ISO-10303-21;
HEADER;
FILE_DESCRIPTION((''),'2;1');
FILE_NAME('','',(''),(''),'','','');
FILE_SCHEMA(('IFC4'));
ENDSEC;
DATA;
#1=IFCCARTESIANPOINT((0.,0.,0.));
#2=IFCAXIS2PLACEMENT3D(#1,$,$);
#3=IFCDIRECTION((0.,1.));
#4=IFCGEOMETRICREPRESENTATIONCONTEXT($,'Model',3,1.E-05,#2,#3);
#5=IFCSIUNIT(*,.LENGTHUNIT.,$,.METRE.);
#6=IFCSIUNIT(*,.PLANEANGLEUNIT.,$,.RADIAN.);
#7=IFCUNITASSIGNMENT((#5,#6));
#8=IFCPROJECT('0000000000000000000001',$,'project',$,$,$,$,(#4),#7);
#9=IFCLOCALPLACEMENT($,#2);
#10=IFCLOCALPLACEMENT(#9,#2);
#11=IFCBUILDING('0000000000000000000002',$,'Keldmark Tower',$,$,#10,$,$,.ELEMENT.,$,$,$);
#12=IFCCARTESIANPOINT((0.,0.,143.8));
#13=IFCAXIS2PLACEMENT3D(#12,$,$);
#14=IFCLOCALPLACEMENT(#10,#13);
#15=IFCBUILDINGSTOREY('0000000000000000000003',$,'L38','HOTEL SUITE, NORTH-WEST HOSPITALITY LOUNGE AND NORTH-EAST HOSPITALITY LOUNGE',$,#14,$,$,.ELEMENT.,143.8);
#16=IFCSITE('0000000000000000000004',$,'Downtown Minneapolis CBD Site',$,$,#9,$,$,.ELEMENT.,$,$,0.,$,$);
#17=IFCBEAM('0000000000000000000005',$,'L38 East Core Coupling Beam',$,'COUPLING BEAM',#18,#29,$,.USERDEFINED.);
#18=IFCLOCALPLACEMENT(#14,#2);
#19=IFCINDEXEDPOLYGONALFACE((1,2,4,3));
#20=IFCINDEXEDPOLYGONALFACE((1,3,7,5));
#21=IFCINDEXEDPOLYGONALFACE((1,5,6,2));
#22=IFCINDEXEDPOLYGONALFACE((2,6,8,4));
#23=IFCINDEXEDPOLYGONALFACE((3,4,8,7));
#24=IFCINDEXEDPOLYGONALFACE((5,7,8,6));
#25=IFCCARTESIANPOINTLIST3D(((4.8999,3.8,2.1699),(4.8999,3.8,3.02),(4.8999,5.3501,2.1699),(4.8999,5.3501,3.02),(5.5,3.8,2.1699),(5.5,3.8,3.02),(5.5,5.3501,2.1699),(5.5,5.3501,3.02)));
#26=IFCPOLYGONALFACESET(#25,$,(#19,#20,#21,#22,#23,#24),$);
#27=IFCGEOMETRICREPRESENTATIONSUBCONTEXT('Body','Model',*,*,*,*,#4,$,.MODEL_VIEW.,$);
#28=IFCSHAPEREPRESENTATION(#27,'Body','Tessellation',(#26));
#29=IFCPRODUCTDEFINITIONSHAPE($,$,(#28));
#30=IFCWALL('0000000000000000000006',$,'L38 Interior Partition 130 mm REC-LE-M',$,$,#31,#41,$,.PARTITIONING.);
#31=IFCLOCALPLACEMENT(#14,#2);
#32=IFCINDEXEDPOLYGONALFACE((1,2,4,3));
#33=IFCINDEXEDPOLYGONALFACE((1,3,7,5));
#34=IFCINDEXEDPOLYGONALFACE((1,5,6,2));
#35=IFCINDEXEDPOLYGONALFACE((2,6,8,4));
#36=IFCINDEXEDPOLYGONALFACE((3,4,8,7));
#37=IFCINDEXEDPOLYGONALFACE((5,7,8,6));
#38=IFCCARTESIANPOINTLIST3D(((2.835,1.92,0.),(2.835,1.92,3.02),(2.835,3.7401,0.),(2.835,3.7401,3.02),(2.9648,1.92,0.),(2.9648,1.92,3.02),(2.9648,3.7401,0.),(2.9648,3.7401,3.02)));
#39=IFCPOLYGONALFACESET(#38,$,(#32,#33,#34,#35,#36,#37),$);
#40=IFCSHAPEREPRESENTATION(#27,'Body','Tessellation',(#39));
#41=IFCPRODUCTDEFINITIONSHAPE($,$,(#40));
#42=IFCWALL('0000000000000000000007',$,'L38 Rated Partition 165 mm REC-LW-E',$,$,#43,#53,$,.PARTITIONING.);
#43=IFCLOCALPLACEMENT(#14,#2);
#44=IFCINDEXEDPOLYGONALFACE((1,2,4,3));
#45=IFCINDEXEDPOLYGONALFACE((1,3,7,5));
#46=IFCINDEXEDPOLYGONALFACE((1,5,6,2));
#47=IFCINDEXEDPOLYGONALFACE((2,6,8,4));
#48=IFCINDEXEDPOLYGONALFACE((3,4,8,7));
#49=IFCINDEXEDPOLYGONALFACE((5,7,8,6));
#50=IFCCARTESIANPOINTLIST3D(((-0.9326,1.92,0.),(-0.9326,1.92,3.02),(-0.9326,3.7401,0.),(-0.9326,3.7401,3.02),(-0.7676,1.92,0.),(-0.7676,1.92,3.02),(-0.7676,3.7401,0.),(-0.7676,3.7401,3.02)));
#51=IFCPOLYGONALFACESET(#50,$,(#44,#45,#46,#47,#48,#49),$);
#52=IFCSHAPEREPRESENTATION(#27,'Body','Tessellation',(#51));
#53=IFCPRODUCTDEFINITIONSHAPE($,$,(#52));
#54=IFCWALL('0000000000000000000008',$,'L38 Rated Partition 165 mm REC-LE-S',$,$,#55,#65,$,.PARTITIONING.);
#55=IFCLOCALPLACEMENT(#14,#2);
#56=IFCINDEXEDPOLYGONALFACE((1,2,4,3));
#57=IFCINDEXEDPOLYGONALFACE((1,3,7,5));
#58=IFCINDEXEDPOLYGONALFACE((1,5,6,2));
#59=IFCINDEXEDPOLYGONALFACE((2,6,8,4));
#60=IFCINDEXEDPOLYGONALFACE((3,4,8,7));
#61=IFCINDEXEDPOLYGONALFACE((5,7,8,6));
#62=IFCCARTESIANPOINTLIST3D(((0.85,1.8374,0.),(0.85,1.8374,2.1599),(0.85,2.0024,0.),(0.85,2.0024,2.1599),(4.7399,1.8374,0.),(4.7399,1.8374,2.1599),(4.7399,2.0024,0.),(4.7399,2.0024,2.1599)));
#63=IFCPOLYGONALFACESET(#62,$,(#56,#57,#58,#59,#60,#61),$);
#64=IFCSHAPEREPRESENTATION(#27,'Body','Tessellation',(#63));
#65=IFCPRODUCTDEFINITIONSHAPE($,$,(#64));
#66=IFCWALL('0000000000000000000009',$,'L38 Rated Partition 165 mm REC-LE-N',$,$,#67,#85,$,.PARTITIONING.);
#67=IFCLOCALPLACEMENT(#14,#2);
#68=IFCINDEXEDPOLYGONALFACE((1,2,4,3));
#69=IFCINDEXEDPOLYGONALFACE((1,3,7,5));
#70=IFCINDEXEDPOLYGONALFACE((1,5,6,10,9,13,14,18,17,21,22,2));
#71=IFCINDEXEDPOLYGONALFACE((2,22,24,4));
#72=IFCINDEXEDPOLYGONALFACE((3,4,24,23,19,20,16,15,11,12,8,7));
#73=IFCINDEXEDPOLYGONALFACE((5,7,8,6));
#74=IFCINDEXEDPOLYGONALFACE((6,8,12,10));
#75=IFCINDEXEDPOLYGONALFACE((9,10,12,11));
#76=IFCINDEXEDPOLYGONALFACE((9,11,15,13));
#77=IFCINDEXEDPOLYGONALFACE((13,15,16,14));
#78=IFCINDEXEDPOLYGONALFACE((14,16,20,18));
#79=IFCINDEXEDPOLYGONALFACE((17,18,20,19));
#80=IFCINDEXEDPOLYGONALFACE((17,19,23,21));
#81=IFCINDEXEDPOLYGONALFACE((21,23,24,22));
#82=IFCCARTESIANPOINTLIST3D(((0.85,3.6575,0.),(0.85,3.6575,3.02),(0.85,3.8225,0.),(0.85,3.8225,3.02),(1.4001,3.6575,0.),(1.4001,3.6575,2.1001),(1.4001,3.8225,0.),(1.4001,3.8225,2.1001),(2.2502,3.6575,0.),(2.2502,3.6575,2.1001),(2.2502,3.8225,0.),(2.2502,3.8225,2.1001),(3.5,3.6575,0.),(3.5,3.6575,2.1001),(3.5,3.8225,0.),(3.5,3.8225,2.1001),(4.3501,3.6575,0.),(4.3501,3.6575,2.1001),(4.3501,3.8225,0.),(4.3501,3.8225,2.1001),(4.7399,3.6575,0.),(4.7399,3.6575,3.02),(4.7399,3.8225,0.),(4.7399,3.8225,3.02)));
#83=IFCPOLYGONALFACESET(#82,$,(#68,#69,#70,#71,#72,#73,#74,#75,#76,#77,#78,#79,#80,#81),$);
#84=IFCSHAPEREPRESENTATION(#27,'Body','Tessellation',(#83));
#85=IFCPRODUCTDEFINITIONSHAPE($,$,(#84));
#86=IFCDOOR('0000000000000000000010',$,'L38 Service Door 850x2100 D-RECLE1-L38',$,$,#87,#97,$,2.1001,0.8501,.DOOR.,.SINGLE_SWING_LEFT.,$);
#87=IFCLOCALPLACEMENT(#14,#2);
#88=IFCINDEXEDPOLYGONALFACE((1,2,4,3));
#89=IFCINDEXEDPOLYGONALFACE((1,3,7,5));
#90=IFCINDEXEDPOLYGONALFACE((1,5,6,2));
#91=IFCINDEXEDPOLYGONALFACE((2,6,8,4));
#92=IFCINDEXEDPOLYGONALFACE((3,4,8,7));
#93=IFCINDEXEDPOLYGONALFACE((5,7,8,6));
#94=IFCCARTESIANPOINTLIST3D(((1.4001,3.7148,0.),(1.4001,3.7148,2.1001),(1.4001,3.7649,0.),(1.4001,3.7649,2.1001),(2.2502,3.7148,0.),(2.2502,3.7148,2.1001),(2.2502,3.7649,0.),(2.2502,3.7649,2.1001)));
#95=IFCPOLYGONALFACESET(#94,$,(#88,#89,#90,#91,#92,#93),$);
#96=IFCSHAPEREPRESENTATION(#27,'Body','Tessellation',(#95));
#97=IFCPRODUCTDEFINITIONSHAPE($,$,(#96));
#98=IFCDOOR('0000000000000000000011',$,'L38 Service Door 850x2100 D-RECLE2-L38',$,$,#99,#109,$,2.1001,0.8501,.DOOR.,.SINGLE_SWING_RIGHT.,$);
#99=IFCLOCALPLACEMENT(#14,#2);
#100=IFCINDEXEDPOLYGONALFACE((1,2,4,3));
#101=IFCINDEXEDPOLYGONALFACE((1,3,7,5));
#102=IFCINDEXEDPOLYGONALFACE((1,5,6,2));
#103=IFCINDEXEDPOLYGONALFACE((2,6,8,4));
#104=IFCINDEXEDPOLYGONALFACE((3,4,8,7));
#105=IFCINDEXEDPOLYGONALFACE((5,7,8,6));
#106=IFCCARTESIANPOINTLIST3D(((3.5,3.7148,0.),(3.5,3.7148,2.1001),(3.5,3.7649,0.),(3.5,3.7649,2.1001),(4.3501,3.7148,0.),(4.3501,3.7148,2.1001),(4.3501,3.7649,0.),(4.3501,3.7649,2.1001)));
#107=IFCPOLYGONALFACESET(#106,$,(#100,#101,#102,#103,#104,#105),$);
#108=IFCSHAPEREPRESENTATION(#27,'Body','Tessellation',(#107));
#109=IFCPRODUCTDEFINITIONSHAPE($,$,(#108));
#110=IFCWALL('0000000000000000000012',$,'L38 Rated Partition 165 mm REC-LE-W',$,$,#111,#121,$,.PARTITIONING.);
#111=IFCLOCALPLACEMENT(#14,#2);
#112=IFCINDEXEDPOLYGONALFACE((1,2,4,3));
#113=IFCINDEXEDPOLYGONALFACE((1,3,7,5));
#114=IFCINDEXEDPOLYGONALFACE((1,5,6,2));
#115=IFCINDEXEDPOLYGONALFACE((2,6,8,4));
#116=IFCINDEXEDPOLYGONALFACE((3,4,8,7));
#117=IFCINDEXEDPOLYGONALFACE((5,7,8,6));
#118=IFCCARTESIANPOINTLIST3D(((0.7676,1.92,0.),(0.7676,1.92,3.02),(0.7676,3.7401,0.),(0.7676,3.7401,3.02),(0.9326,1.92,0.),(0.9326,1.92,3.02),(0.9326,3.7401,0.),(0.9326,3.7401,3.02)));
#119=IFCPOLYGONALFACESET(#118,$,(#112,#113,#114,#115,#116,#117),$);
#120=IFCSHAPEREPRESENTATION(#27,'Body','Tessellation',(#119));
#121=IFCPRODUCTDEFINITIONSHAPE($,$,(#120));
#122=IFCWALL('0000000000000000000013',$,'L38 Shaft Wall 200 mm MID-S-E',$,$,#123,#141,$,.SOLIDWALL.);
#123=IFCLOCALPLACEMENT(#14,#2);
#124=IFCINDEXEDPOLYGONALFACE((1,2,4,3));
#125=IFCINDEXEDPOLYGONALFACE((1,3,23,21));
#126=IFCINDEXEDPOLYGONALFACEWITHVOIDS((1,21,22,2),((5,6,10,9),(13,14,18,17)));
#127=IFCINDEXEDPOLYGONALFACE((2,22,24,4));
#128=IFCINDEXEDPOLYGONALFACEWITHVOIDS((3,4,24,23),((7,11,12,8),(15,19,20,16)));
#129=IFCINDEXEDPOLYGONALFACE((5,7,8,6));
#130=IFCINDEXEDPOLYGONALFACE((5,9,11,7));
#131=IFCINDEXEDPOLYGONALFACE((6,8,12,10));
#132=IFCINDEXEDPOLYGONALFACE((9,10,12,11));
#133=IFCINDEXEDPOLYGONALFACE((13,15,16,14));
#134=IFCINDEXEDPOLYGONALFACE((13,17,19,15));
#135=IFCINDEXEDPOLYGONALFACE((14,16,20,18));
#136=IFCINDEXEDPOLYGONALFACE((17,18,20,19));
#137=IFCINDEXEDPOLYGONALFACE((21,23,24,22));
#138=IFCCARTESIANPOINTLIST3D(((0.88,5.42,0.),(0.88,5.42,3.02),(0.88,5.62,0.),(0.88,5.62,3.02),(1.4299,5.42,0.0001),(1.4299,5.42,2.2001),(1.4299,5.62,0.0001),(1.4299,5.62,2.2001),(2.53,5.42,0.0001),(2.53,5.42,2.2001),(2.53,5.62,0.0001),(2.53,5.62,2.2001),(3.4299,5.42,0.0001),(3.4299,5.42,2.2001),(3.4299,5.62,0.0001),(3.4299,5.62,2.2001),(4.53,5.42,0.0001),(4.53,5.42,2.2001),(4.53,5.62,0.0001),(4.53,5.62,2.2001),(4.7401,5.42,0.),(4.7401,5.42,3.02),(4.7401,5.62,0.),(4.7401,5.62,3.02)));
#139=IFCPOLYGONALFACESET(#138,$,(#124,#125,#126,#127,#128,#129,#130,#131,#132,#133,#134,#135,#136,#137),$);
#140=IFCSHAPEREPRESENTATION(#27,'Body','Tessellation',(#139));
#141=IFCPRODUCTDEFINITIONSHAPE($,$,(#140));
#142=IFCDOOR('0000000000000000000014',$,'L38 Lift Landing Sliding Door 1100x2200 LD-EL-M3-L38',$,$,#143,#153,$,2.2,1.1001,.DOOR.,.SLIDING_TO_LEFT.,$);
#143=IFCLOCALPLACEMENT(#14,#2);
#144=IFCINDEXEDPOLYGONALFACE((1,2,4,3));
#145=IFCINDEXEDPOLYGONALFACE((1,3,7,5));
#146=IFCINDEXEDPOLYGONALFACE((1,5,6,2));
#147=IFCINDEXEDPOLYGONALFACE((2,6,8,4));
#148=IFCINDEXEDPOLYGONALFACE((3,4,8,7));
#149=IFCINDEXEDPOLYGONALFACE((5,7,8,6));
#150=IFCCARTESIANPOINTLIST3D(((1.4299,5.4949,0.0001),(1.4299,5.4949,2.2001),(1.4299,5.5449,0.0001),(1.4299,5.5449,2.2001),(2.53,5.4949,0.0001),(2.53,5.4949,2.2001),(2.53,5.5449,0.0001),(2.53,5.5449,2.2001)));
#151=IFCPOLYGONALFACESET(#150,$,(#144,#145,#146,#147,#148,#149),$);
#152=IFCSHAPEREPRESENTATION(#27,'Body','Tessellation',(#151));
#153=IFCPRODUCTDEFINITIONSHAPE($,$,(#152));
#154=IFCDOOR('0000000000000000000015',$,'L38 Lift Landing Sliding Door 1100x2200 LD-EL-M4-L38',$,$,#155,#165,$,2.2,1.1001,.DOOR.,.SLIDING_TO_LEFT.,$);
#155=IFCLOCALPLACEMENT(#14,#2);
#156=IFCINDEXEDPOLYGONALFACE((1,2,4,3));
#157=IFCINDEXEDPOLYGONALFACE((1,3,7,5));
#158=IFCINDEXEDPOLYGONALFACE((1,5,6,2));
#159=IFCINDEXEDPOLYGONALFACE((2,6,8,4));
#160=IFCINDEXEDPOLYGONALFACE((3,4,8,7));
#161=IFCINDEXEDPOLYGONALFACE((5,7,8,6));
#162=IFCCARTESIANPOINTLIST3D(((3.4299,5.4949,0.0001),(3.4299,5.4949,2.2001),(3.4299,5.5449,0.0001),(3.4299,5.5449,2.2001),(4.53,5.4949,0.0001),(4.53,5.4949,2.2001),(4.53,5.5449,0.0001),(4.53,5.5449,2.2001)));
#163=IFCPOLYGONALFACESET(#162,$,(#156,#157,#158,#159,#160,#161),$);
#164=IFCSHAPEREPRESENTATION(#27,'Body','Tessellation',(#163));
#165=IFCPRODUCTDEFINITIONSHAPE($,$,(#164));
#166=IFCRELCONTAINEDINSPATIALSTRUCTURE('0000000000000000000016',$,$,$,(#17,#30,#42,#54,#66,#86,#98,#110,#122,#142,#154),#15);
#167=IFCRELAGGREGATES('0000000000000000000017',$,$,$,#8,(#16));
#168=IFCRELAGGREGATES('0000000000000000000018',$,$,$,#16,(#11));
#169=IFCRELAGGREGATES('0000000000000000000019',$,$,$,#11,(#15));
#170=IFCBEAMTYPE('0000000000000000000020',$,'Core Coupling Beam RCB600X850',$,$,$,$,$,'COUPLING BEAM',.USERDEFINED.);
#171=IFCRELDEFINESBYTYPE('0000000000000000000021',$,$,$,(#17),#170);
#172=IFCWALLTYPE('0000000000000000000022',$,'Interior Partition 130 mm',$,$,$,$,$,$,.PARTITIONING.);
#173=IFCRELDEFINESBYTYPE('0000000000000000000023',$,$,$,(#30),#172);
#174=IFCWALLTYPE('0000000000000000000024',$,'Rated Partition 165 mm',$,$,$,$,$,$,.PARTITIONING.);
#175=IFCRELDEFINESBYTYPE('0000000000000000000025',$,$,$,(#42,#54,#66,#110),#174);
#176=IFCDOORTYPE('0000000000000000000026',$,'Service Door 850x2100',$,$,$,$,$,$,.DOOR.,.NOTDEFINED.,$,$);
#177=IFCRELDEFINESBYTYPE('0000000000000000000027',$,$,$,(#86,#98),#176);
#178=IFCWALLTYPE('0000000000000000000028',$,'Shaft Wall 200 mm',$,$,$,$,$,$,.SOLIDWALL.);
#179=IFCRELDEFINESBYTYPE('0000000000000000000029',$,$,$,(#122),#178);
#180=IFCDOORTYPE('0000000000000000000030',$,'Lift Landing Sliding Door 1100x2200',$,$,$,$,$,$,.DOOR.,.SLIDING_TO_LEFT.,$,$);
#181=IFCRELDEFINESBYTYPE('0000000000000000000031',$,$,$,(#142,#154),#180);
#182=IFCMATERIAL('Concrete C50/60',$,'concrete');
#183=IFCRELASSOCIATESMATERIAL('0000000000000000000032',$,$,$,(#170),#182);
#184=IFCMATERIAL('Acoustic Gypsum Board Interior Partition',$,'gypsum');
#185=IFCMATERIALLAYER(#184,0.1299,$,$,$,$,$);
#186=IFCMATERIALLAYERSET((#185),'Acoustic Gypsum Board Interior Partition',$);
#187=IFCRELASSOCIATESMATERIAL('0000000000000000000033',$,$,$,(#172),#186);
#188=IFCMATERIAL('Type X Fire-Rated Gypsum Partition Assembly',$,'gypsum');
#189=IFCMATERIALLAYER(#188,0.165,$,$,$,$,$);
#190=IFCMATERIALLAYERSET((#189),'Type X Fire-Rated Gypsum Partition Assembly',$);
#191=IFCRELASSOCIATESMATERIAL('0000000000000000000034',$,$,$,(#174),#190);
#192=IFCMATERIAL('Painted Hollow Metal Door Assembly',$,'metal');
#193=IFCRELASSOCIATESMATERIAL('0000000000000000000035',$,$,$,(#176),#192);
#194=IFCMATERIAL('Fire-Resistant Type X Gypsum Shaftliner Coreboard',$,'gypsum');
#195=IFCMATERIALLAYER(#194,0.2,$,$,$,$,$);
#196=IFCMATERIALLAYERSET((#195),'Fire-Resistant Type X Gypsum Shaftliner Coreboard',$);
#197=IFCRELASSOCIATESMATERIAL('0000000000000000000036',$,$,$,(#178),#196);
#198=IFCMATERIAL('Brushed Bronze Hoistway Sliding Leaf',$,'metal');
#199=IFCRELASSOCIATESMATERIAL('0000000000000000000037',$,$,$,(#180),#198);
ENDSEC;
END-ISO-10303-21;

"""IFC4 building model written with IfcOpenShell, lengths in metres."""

from ifc_helpers import new_model, si_unit, direction, frame, frame_2d, origin, origin_2d, place, context, subcontext, project, spatial, rectangle, extrude, material, layer, layer_set, material_profile, profile_set, type_object, element, fill, save


model = new_model("IFC4")

# Units and contexts
model_context = context("Model", 3, precision=1e-05, world=origin(), true_north=direction((0.0, 1.0)))
body_context = subcontext(model_context, "Body", "Model", "MODEL_VIEW")
ifc_project = project(units=[si_unit("LENGTHUNIT", "METRE"), si_unit("PLANEANGLEUNIT", "RADIAN")], contexts=[model_context])

# Site, building, storey
site_placement = place(None, origin())
site = spatial("IfcSite", under=ifc_project, at=site_placement, Name="Downtown Minneapolis CBD Site", CompositionType="ELEMENT", RefElevation=0.0)
building_placement = place(site_placement, origin())
building = spatial("IfcBuilding", under=site, at=building_placement, Name="Keldmark Tower", CompositionType="ELEMENT")
storey_placement = place(building_placement, frame((0.0, 0.0, 143.8)))
storey = spatial("IfcBuildingStorey", under=building, at=storey_placement, Name="L38", Description="HOTEL SUITE, NORTH-WEST HOSPITALITY LOUNGE AND NORTH-EAST HOSPITALITY LOUNGE", CompositionType="ELEMENT", Elevation=143.8)

# Beam
ifc_material_1 = material(Name="Concrete C50/60", Category="concrete")
ifc_material_profile = material_profile(ifc_material_1, rectangle(XDim=0.6001, YDim=0.8501, at=origin_2d()), Name="RCB600X850")
ifc_profile_set = profile_set([ifc_material_profile], Name="Concrete C50/60")
beam_type = type_object("IfcBeamType", Name="Core Coupling Beam RCB600X850", ElementType="COUPLING BEAM", PredefinedType="USERDEFINED", material=ifc_profile_set)
beam_placement = place(storey_placement, frame((5.2, 3.8, 2.595), z_axis=(0.0, 1.0, 0.0), x_axis=(-1.0, 0.0, 0.0)))
element("IfcBeam", 1, at=beam_placement, inside=storey, type_object=beam_type, Name="L38 East Core Coupling Beam", ObjectType="COUPLING BEAM", PredefinedType="USERDEFINED", context=body_context, shape_type="SweptSolid", body=[
    extrude(rectangle(XDim=0.6001, YDim=0.8501, at=origin_2d()), origin(), (0.0, 0.0, 1.0), 1.55),
])

# Walls
ifc_material_2 = material(Name="Acoustic Gypsum Board Interior Partition", Category="gypsum")
ifc_layer_1 = layer(ifc_material_2, 0.1299)
ifc_layer_set_1 = layer_set([ifc_layer_1], Name="Acoustic Gypsum Board Interior Partition")
wall_type_1 = type_object("IfcWallType", Name="Interior Partition 130 mm", PredefinedType="PARTITIONING", material=ifc_layer_set_1)
wall_1_placement = place(storey_placement, frame((2.8999, 1.9199, 0.0), z_axis=(0.0, 0.0, 1.0), x_axis=(0.0, 1.0, 0.0)))
element("IfcWall", 2, at=wall_1_placement, inside=storey, type_object=wall_type_1, Name="L38 Interior Partition 130 mm REC-LE-M", PredefinedType="PARTITIONING", context=body_context, shape_type="SweptSolid", body=[
    extrude(rectangle(XDim=1.8201, YDim=0.1299, at=frame_2d((0.9102, 0.0))), origin(), (0.0, 0.0, 1.0), 3.02),
])
ifc_material_3 = material(Name="Type X Fire-Rated Gypsum Partition Assembly", Category="gypsum")
ifc_layer_2 = layer(ifc_material_3, 0.165)
ifc_layer_set_2 = layer_set([ifc_layer_2], Name="Type X Fire-Rated Gypsum Partition Assembly")
wall_type_2 = type_object("IfcWallType", Name="Rated Partition 165 mm", PredefinedType="PARTITIONING", material=ifc_layer_set_2)
wall_2_placement = place(storey_placement, frame((-0.8501, 1.9199, 0.0), z_axis=(0.0, 0.0, 1.0), x_axis=(0.0, 1.0, 0.0)))
element("IfcWall", 3, at=wall_2_placement, inside=storey, type_object=wall_type_2, Name="L38 Rated Partition 165 mm REC-LW-E", PredefinedType="PARTITIONING", context=body_context, shape_type="SweptSolid", body=[
    extrude(rectangle(XDim=1.8201, YDim=0.165, at=frame_2d((0.9102, 0.0))), origin(), (0.0, 0.0, 1.0), 3.02),
])
wall_3_placement = place(storey_placement, frame((0.8501, 1.9199, 0.0), z_axis=(0.0, 0.0, 1.0), x_axis=(1.0, 0.0, 0.0)))
element("IfcWall", 4, at=wall_3_placement, inside=storey, type_object=wall_type_2, Name="L38 Rated Partition 165 mm REC-LE-S", PredefinedType="PARTITIONING", context=body_context, shape_type="SweptSolid", body=[
    extrude(rectangle(XDim=3.8899, YDim=0.165, at=frame_2d((1.9448, 0.0))), origin(), (0.0, 0.0, 1.0), 2.1599),
])

# Wall, openings, doors
wall_4_placement = place(storey_placement, frame((0.8501, 3.74, 0.0), z_axis=(0.0, 0.0, 1.0), x_axis=(1.0, 0.0, 0.0)))
wall_4 = element("IfcWall", 5, at=wall_4_placement, inside=storey, type_object=wall_type_2, Name="L38 Rated Partition 165 mm REC-LE-N", PredefinedType="PARTITIONING", context=body_context, shape_type="SweptSolid", body=[
    extrude(rectangle(XDim=3.8899, YDim=0.165, at=frame_2d((1.9448, 0.0))), origin(), (0.0, 0.0, 1.0), 3.02),
])
opening_1_placement = place(wall_4_placement, frame((0.55, 0.0, 0.0)))
opening_1 = element("IfcOpeningElement", 6, at=opening_1_placement, cuts=wall_4, PredefinedType="OPENING", context=body_context, shape_type="SweptSolid", body=[
    extrude(rectangle(XDim=0.8501, YDim=2.1001, at=frame_2d((0.425, 1.05))), frame((0.0, 0.0925, 0.0), z_axis=(0.0, -1.0, 0.0), x_axis=(1.0, 0.0, 0.0)), (0.0, 0.0, 1.0), 0.1851),
])
opening_2_placement = place(wall_4_placement, frame((2.6499, 0.0, 0.0)))
opening_2 = element("IfcOpeningElement", 7, at=opening_2_placement, cuts=wall_4, PredefinedType="OPENING", context=body_context, shape_type="SweptSolid", body=[
    extrude(rectangle(XDim=0.8501, YDim=2.1001, at=frame_2d((0.425, 1.05))), frame((0.0, 0.0925, 0.0), z_axis=(0.0, -1.0, 0.0), x_axis=(1.0, 0.0, 0.0)), (0.0, 0.0, 1.0), 0.1851),
])
ifc_material_4 = material(Name="Painted Hollow Metal Door Assembly", Category="metal")
door_type_1 = type_object("IfcDoorType", Name="Service Door 850x2100", OperationType="NOTDEFINED", PredefinedType="DOOR", material=ifc_material_4)
door_1_placement = place(opening_1_placement, origin())
door_1 = element("IfcDoor", 8, at=door_1_placement, inside=storey, type_object=door_type_1, Name="L38 Service Door 850x2100 D-RECLE1-L38", OperationType="SINGLE_SWING_LEFT", OverallHeight=2.1001, OverallWidth=0.8501, PredefinedType="DOOR", context=body_context, shape_type="SweptSolid", body=[
    extrude(rectangle(XDim=0.8501, YDim=2.1001, at=frame_2d((0.425, 1.05))), frame((0.0, 0.0249, 0.0), z_axis=(0.0, -1.0, 0.0), x_axis=(1.0, 0.0, 0.0)), (0.0, 0.0, 1.0), 0.05),
])
fill(opening_1, door_1)
door_2_placement = place(opening_2_placement, origin())
door_2 = element("IfcDoor", 9, at=door_2_placement, inside=storey, type_object=door_type_1, Name="L38 Service Door 850x2100 D-RECLE2-L38", OperationType="SINGLE_SWING_RIGHT", OverallHeight=2.1001, OverallWidth=0.8501, PredefinedType="DOOR", context=body_context, shape_type="SweptSolid", body=[
    extrude(rectangle(XDim=0.8501, YDim=2.1001, at=frame_2d((0.425, 1.05))), frame((0.0, 0.0249, 0.0), z_axis=(0.0, -1.0, 0.0), x_axis=(1.0, 0.0, 0.0)), (0.0, 0.0, 1.0), 0.05),
])
fill(opening_2, door_2)

# Wall
wall_5_placement = place(storey_placement, frame((0.8501, 1.9199, 0.0), z_axis=(0.0, 0.0, 1.0), x_axis=(0.0, 1.0, 0.0)))
element("IfcWall", 10, at=wall_5_placement, inside=storey, type_object=wall_type_2, Name="L38 Rated Partition 165 mm REC-LE-W", PredefinedType="PARTITIONING", context=body_context, shape_type="SweptSolid", body=[
    extrude(rectangle(XDim=1.8201, YDim=0.165, at=frame_2d((0.9102, 0.0))), origin(), (0.0, 0.0, 1.0), 3.02),
])

# Wall, openings, doors
ifc_material_5 = material(Name="Fire-Resistant Type X Gypsum Shaftliner Coreboard", Category="gypsum")
ifc_layer_3 = layer(ifc_material_5, 0.2)
ifc_layer_set_3 = layer_set([ifc_layer_3], Name="Fire-Resistant Type X Gypsum Shaftliner Coreboard")
wall_type_3 = type_object("IfcWallType", Name="Shaft Wall 200 mm", PredefinedType="SOLIDWALL", material=ifc_layer_set_3)
wall_6_placement = place(storey_placement, frame((0.8799, 5.52, 0.0), z_axis=(0.0, 0.0, 1.0), x_axis=(1.0, 0.0, 0.0)))
wall_6 = element("IfcWall", 11, at=wall_6_placement, inside=storey, type_object=wall_type_3, Name="L38 Shaft Wall 200 mm MID-S-E", PredefinedType="SOLIDWALL", context=body_context, shape_type="SweptSolid", body=[
    extrude(rectangle(XDim=3.8601, YDim=0.2, at=frame_2d((1.9302, 0.0))), origin(), (0.0, 0.0, 1.0), 3.02),
])
opening_3_placement = place(wall_6_placement, frame((0.55, 0.0, 0.0)))
opening_3 = element("IfcOpeningElement", 12, at=opening_3_placement, cuts=wall_6, PredefinedType="OPENING", context=body_context, shape_type="SweptSolid", body=[
    extrude(rectangle(XDim=1.1001, YDim=2.2, at=frame_2d((0.55, 1.1001))), frame((0.0, 0.1099, 0.0), z_axis=(0.0, -1.0, 0.0), x_axis=(1.0, 0.0, 0.0)), (0.0, 0.0, 1.0), 0.22),
])
opening_4_placement = place(wall_6_placement, frame((2.55, 0.0, 0.0)))
opening_4 = element("IfcOpeningElement", 13, at=opening_4_placement, cuts=wall_6, PredefinedType="OPENING", context=body_context, shape_type="SweptSolid", body=[
    extrude(rectangle(XDim=1.1001, YDim=2.2, at=frame_2d((0.55, 1.1001))), frame((0.0, 0.1099, 0.0), z_axis=(0.0, -1.0, 0.0), x_axis=(1.0, 0.0, 0.0)), (0.0, 0.0, 1.0), 0.22),
])
ifc_material_6 = material(Name="Brushed Bronze Hoistway Sliding Leaf", Category="metal")
door_type_2 = type_object("IfcDoorType", Name="Lift Landing Sliding Door 1100x2200", OperationType="SLIDING_TO_LEFT", PredefinedType="DOOR", material=ifc_material_6)
door_3_placement = place(opening_3_placement, origin())
door_3 = element("IfcDoor", 14, at=door_3_placement, inside=storey, type_object=door_type_2, Name="L38 Lift Landing Sliding Door 1100x2200 LD-EL-M3-L38", OperationType="SLIDING_TO_LEFT", OverallHeight=2.2, OverallWidth=1.1001, PredefinedType="DOOR", context=body_context, shape_type="SweptSolid", body=[
    extrude(rectangle(XDim=1.1001, YDim=2.2, at=frame_2d((0.55, 1.1001))), frame((0.0, 0.0249, 0.0), z_axis=(0.0, -1.0, 0.0), x_axis=(1.0, 0.0, 0.0)), (0.0, 0.0, 1.0), 0.05),
])
fill(opening_3, door_3)
door_4_placement = place(opening_4_placement, origin())
door_4 = element("IfcDoor", 15, at=door_4_placement, inside=storey, type_object=door_type_2, Name="L38 Lift Landing Sliding Door 1100x2200 LD-EL-M4-L38", OperationType="SLIDING_TO_LEFT", OverallHeight=2.2, OverallWidth=1.1001, PredefinedType="DOOR", context=body_context, shape_type="SweptSolid", body=[
    extrude(rectangle(XDim=1.1001, YDim=2.2, at=frame_2d((0.55, 1.1001))), frame((0.0, 0.0249, 0.0), z_axis=(0.0, -1.0, 0.0), x_axis=(1.0, 0.0, 0.0)), (0.0, 0.0, 1.0), 0.05),
])
fill(opening_4, door_4)

save(model, "model.ifc")
